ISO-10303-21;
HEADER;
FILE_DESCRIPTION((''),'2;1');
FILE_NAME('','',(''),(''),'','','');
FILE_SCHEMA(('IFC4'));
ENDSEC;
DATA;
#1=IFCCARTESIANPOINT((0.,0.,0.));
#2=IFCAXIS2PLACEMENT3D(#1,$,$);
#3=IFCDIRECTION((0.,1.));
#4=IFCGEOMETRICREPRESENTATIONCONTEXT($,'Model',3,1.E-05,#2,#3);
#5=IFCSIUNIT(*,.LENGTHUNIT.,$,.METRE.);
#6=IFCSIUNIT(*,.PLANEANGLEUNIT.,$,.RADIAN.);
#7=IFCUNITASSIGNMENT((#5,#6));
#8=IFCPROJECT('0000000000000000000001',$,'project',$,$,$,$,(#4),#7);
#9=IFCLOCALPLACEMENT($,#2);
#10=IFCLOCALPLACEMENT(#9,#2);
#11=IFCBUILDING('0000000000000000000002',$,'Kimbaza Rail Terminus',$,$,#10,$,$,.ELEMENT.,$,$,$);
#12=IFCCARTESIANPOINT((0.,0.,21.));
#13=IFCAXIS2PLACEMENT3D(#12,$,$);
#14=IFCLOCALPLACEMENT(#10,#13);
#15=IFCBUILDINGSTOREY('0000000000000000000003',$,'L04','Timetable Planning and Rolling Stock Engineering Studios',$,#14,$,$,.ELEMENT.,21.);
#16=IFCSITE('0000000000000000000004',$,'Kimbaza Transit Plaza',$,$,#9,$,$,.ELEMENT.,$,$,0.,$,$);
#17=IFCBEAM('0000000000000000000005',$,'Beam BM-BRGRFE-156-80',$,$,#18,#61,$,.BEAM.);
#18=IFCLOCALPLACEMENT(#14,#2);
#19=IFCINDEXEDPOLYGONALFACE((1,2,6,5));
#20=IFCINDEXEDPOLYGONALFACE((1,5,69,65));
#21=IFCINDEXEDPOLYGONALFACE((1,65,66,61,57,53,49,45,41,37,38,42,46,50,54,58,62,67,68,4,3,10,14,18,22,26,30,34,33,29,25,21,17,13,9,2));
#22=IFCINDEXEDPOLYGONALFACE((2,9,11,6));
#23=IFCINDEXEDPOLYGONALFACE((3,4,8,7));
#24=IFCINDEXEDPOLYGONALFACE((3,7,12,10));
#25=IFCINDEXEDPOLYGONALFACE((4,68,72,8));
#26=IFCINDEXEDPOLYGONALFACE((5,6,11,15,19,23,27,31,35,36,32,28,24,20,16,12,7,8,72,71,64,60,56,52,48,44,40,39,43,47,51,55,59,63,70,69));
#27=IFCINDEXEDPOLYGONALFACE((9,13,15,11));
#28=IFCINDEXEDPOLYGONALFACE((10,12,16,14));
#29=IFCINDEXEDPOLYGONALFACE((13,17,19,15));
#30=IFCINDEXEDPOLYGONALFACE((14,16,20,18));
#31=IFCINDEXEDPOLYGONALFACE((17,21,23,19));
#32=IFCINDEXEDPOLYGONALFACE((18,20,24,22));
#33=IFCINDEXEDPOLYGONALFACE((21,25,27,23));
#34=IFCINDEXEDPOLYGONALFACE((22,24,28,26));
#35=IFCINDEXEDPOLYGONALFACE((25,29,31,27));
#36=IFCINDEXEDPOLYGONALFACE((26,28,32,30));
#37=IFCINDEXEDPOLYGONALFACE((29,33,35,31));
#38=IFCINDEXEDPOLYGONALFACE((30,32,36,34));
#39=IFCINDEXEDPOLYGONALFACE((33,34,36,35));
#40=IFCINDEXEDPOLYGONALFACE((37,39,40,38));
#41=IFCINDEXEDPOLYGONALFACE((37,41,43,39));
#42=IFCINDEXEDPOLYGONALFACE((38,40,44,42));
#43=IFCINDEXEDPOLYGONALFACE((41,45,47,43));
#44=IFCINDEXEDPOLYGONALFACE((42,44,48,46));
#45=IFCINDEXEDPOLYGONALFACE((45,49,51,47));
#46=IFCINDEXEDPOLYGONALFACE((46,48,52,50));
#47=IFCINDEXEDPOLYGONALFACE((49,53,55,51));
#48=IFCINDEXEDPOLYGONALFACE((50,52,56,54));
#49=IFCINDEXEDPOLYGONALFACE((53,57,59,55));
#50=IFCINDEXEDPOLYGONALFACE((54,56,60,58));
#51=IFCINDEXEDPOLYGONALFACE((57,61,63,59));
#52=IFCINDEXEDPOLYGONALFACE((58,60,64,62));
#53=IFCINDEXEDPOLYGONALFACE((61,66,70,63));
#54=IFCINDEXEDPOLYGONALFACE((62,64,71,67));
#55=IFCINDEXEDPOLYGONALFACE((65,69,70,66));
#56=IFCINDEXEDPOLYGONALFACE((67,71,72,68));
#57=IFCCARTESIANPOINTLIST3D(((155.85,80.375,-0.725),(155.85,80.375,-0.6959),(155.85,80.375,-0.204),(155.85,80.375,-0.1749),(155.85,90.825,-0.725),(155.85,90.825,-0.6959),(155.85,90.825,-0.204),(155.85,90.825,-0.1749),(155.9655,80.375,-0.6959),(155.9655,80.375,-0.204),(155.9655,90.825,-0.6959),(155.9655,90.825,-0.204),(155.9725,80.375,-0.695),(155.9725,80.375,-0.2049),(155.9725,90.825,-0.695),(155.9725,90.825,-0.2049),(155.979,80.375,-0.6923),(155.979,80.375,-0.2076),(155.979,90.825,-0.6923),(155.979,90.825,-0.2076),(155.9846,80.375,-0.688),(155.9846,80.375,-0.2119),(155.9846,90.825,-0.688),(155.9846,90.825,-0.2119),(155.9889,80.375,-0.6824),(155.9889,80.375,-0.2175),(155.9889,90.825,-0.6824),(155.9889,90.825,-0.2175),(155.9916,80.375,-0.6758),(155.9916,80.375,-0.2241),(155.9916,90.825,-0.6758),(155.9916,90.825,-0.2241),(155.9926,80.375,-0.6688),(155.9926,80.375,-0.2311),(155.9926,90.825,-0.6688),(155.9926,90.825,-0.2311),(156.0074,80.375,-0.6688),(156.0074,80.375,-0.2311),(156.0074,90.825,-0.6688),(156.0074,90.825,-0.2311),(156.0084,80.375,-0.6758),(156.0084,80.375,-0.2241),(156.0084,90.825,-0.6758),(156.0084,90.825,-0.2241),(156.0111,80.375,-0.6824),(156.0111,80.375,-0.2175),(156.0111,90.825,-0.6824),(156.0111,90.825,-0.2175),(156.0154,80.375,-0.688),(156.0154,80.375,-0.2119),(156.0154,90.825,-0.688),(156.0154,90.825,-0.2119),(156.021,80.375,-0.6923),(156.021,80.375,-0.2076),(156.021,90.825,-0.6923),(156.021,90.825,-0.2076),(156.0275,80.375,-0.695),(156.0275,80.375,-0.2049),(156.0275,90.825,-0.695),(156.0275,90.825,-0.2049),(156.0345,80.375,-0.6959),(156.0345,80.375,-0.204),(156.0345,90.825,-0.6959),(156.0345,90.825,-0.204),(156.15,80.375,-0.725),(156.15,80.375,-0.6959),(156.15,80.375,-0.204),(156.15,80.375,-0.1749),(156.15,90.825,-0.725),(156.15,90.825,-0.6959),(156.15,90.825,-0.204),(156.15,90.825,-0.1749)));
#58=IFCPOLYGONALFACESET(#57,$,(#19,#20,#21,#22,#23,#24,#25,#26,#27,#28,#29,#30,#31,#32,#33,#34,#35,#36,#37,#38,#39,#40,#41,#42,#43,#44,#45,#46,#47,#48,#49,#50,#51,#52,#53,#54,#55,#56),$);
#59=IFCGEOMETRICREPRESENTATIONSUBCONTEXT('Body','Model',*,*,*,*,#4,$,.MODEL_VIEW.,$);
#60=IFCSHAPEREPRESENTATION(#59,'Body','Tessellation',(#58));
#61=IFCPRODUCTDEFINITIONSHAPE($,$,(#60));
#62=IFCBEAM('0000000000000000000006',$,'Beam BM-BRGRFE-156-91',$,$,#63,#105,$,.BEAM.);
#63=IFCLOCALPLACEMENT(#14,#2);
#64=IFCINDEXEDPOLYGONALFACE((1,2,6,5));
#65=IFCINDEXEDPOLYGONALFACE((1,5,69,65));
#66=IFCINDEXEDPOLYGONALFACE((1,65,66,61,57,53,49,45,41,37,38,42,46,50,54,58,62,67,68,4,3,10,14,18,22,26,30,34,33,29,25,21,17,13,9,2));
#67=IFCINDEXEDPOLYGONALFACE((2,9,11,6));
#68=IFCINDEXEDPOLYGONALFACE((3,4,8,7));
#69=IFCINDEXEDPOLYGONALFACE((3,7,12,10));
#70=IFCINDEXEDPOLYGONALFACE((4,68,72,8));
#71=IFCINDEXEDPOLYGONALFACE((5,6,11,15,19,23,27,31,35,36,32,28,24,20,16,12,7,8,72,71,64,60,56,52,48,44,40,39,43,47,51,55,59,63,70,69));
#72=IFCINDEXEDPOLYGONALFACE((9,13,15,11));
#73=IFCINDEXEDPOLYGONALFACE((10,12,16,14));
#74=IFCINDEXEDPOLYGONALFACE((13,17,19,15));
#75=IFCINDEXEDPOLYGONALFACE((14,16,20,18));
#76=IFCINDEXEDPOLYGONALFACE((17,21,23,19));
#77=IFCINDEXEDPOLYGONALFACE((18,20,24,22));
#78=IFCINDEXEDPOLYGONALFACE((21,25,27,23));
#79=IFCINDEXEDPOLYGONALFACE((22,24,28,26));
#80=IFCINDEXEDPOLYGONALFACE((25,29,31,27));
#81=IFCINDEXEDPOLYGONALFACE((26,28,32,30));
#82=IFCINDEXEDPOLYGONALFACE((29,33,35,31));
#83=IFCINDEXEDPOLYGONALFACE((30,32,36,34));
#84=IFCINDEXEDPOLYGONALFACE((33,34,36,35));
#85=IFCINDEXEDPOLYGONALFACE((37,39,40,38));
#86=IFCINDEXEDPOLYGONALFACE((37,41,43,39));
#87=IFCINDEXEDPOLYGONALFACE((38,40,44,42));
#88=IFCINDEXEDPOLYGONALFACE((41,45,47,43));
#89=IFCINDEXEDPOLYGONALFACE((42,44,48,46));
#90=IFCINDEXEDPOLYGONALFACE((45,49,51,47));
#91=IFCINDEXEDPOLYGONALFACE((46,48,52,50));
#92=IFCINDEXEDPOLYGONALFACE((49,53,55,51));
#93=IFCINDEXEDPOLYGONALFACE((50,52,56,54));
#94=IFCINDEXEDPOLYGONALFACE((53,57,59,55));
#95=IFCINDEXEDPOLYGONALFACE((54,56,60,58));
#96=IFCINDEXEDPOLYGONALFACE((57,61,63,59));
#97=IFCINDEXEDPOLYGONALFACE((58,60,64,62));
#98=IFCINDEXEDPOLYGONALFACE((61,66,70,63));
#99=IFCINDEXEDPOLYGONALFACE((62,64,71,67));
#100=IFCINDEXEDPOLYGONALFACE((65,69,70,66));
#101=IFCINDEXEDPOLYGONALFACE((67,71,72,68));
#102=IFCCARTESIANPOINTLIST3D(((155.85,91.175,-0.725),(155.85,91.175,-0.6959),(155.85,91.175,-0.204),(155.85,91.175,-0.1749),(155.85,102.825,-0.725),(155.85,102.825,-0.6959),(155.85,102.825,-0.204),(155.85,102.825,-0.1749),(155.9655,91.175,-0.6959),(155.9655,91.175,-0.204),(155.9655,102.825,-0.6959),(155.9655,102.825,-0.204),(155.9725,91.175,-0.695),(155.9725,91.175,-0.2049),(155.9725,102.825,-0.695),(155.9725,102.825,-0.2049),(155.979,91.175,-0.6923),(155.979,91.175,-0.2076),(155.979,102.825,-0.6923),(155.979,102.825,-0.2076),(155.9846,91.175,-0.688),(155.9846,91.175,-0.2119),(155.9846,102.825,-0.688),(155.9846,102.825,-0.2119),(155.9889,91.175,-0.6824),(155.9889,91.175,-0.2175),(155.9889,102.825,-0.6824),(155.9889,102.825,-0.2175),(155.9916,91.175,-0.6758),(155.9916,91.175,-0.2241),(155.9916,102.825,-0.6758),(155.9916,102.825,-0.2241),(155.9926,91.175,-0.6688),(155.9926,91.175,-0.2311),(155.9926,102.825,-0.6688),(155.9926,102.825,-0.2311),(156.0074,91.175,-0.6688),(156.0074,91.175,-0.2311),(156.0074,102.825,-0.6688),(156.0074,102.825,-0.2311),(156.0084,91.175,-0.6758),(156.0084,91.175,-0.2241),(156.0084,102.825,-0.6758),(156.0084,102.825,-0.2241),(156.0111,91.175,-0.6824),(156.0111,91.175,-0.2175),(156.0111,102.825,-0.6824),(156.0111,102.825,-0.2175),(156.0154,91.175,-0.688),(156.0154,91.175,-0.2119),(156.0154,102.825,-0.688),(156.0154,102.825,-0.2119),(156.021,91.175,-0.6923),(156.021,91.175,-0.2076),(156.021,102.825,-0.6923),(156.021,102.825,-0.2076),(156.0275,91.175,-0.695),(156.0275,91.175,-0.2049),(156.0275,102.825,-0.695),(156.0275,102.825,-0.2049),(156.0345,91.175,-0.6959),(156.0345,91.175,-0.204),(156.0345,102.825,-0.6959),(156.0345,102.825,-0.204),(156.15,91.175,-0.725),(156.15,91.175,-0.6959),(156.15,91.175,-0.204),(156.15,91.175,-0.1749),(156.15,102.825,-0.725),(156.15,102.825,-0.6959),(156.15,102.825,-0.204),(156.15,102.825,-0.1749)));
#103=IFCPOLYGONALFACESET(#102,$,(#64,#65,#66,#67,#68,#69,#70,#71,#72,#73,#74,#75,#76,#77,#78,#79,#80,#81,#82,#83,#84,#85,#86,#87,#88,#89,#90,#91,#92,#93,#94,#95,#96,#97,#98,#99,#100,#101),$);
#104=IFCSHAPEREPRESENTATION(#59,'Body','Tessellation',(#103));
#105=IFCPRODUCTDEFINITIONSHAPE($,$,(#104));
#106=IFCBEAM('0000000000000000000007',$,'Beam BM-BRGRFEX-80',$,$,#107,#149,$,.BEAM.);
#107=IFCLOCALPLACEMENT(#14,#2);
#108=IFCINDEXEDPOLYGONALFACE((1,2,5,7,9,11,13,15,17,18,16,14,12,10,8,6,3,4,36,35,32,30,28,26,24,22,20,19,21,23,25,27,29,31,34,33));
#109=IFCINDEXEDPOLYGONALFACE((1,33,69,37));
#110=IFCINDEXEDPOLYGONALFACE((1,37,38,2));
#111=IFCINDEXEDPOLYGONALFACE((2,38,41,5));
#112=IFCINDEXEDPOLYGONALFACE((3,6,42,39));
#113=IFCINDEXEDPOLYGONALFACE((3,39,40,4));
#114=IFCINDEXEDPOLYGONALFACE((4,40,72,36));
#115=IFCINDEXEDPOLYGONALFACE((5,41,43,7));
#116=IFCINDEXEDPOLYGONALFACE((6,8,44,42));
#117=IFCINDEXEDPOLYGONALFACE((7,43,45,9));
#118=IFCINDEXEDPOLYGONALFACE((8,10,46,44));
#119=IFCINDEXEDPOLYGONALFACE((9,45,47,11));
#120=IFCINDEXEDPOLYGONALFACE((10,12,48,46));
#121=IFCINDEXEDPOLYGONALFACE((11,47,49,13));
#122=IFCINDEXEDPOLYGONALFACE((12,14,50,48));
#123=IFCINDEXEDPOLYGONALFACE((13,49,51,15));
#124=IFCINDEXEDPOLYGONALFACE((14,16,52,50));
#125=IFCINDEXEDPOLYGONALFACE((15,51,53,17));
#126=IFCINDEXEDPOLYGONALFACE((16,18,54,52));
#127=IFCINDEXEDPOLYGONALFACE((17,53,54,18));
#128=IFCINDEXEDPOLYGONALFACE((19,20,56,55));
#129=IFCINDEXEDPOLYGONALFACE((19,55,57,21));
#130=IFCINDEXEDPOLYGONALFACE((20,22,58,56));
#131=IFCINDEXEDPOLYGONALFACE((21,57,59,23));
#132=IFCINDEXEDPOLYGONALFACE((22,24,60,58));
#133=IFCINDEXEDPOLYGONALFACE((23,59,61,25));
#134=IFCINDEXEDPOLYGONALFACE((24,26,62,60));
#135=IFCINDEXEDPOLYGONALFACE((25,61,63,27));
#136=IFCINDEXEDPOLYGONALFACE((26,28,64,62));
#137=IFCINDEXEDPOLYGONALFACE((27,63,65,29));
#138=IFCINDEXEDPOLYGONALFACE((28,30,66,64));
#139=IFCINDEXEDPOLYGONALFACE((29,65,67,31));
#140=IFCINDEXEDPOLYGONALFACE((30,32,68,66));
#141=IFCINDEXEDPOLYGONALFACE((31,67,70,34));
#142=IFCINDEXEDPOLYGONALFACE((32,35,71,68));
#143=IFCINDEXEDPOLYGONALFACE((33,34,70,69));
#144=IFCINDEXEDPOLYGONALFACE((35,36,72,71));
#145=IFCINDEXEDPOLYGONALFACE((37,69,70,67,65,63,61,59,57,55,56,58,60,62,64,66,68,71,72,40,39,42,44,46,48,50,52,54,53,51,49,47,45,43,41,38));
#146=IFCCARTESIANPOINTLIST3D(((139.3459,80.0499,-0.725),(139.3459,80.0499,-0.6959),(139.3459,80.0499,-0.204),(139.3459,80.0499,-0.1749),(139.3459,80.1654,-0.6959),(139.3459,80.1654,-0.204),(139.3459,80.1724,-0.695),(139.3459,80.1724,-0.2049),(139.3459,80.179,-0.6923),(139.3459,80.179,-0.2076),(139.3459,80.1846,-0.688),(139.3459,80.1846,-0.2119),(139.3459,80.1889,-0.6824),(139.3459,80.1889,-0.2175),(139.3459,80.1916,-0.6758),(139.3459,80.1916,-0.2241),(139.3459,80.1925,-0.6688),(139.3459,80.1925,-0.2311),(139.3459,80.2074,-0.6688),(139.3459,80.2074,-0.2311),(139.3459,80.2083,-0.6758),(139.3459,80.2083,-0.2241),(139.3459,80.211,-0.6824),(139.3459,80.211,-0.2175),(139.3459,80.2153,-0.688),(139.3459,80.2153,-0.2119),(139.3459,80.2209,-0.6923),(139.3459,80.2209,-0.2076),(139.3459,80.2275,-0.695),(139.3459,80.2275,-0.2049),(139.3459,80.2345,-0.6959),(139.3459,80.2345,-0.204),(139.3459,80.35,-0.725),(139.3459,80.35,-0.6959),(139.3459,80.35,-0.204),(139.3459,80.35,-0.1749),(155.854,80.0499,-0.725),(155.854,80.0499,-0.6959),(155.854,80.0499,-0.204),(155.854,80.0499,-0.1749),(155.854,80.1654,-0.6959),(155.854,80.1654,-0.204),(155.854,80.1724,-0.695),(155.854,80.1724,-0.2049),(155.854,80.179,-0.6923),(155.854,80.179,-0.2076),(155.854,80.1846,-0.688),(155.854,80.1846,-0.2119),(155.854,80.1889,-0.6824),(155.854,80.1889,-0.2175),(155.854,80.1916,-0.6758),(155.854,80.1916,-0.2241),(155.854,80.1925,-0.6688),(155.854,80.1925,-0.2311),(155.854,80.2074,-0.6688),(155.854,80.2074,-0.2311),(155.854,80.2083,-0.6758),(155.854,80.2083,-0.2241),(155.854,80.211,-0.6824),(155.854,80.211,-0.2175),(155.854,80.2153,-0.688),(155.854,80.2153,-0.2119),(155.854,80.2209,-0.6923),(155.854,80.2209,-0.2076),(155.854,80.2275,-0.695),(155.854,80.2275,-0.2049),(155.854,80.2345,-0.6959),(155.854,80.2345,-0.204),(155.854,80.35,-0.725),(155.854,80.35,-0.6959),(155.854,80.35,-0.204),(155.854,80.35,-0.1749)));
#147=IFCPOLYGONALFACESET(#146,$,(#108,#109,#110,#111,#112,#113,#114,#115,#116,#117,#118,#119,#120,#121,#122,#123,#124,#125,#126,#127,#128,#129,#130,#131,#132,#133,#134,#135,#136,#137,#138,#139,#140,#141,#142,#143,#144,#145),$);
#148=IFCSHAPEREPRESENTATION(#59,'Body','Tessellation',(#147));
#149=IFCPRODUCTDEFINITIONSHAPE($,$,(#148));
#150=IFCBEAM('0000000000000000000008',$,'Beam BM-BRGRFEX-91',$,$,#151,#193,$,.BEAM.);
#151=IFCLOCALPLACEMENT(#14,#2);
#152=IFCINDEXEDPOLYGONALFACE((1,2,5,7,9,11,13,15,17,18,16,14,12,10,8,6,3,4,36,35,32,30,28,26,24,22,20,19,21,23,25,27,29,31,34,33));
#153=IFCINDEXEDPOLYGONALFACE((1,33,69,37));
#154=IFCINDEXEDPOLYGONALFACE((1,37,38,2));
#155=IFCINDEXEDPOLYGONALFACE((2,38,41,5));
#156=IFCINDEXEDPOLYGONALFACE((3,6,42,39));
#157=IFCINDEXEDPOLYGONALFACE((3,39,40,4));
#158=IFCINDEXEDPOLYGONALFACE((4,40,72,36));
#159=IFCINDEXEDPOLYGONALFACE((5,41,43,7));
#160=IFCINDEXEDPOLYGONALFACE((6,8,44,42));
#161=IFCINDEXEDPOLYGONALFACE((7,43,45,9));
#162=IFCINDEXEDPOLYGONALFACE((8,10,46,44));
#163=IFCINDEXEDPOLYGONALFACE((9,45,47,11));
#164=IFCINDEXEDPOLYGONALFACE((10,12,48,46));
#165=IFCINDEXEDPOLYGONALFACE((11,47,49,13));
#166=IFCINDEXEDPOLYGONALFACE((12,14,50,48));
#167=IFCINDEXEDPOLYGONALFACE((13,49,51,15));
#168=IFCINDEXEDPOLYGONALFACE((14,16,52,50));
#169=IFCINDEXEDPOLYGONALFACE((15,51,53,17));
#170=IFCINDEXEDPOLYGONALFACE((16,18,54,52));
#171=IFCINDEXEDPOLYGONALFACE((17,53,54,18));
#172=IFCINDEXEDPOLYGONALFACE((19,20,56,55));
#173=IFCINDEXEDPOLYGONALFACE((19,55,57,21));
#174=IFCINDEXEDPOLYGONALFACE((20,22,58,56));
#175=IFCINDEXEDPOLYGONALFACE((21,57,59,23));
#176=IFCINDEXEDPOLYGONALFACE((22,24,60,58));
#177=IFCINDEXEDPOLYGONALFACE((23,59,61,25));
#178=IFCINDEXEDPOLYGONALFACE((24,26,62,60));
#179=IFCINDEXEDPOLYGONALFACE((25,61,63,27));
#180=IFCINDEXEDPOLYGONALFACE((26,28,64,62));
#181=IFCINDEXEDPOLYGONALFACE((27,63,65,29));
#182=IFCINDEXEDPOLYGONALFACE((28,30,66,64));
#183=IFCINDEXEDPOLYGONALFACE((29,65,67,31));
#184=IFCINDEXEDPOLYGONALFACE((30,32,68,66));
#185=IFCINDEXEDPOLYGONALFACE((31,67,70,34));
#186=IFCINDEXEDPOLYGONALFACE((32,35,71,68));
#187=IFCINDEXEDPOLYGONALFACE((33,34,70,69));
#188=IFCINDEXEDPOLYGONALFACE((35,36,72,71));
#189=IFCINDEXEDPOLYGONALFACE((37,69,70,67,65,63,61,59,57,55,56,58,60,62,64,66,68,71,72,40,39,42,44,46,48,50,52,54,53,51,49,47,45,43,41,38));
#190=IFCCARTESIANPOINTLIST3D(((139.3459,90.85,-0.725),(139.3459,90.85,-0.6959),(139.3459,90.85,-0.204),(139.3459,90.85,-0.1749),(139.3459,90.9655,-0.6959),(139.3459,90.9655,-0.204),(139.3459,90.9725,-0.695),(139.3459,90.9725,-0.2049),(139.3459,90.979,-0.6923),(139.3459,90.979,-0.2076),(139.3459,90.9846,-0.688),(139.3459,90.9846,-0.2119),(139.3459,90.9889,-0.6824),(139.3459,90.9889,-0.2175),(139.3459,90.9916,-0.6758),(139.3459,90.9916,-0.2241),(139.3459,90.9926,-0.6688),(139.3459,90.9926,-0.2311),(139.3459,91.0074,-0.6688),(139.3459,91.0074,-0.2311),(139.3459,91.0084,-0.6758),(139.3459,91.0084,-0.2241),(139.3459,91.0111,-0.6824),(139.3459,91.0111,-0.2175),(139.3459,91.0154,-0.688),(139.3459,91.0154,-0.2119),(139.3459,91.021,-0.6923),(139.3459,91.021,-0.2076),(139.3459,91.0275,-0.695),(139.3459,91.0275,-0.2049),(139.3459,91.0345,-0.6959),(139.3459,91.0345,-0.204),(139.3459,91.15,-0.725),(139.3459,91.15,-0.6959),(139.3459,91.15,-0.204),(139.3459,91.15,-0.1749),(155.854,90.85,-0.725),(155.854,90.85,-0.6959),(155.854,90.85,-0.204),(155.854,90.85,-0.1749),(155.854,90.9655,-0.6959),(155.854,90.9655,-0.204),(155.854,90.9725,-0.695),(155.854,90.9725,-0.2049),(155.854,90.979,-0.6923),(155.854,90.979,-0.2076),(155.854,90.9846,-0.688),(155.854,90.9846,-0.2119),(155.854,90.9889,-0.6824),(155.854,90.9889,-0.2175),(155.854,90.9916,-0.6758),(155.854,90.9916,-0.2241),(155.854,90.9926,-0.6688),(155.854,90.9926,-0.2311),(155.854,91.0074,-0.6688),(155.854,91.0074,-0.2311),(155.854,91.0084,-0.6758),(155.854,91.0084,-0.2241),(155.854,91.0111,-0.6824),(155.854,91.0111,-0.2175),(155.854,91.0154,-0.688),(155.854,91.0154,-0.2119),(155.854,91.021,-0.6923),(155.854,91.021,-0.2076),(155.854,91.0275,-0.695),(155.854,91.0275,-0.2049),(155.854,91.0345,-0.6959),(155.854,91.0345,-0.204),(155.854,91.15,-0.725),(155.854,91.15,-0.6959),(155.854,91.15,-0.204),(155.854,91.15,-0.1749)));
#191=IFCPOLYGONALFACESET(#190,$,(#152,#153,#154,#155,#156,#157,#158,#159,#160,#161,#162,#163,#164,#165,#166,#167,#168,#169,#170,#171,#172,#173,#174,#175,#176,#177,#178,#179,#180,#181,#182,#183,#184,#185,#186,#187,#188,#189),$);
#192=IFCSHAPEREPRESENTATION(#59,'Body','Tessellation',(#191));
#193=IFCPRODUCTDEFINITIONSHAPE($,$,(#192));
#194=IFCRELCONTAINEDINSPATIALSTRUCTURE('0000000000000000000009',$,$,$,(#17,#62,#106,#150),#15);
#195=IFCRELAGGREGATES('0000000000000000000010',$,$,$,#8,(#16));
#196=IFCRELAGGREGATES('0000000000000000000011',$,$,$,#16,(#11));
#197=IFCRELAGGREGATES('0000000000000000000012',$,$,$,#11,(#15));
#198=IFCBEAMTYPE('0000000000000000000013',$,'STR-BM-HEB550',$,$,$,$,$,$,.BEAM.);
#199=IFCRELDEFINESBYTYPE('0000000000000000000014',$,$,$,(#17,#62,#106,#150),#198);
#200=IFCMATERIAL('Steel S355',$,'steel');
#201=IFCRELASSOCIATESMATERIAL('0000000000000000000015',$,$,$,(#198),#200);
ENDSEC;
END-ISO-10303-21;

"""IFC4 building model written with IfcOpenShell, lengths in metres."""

from ifc_helpers import new_model, si_unit, direction, frame, origin, origin_2d, place, context, subcontext, project, spatial, i_section, extrude, material, material_profile, profile_set, type_object, element, save


model = new_model("IFC4")

# Units and contexts
model_context = context("Model", 3, precision=1e-05, world=origin(), true_north=direction((0.0, 1.0)))
body_context = subcontext(model_context, "Body", "Model", "MODEL_VIEW")
ifc_project = project(units=[si_unit("LENGTHUNIT", "METRE"), si_unit("PLANEANGLEUNIT", "RADIAN")], contexts=[model_context])

# Site, building, storey
site_placement = place(None, origin())
site = spatial("IfcSite", under=ifc_project, at=site_placement, Name="Kimbaza Transit Plaza", CompositionType="ELEMENT", RefElevation=0.0)
building_placement = place(site_placement, origin())
building = spatial("IfcBuilding", under=site, at=building_placement, Name="Kimbaza Rail Terminus", CompositionType="ELEMENT")
storey_placement = place(building_placement, frame((0.0, 0.0, 21.0)))
storey = spatial("IfcBuildingStorey", under=building, at=storey_placement, Name="L04", Description="Timetable Planning and Rolling Stock Engineering Studios", CompositionType="ELEMENT", Elevation=21.0)

# Beams
ifc_material_1 = material(Name="Steel S355", Category="steel")
ifc_material_profile_1 = material_profile(ifc_material_1, i_section(OverallWidth=0.3, OverallDepth=0.55, WebThickness=0.0149, FlangeThickness=0.0291, FilletRadius=0.0271, at=origin_2d()), Name="HEB 550")
ifc_profile_set_1 = profile_set([ifc_material_profile_1], Name="Steel S355")
beam_type_1 = type_object("IfcBeamType", Name="STR-BM-HEB550", PredefinedType="BEAM", material=ifc_profile_set_1)
beam_1_placement = place(storey_placement, frame((156.0, 80.375, -0.45), z_axis=(0.0, 1.0, 0.0), x_axis=(-1.0, 0.0, 0.0)))
element("IfcBeam", 1, at=beam_1_placement, inside=storey, type_object=beam_type_1, Name="Beam BM-BRGRFE-156-80", PredefinedType="BEAM", context=body_context, shape_type="SweptSolid", body=[
    extrude(i_section(OverallWidth=0.3, OverallDepth=0.55, WebThickness=0.0149, FlangeThickness=0.0291, FilletRadius=0.0271, at=origin_2d()), origin(), (0.0, 0.0, 1.0), 10.45),
])
beam_2_placement = place(storey_placement, frame((156.0, 91.175, -0.45), z_axis=(0.0, 1.0, 0.0), x_axis=(-1.0, 0.0, 0.0)))
element("IfcBeam", 2, at=beam_2_placement, inside=storey, type_object=beam_type_1, Name="Beam BM-BRGRFE-156-91", PredefinedType="BEAM", context=body_context, shape_type="SweptSolid", body=[
    extrude(i_section(OverallWidth=0.3, OverallDepth=0.55, WebThickness=0.0149, FlangeThickness=0.0291, FilletRadius=0.0271, at=origin_2d()), origin(), (0.0, 0.0, 1.0), 11.6499),
])
for number, where, z_axis, x_axis, name in (
    (3, (139.3459, 80.2, -0.45), (1.0, 0.0, 0.0), (0.0, 1.0, 0.0), "Beam BM-BRGRFEX-80"),
    (4, (139.3459, 91.0, -0.45), (1.0, 0.0, 0.0), (0.0, 1.0, 0.0), "Beam BM-BRGRFEX-91"),
):
    element("IfcBeam", number, at=place(storey_placement, frame(where, z_axis=z_axis, x_axis=x_axis)), inside=storey, type_object=beam_type_1, Name=name, PredefinedType="BEAM", context=body_context, shape_type="SweptSolid", body=[
        extrude(i_section(OverallWidth=0.3, OverallDepth=0.55, WebThickness=0.0149, FlangeThickness=0.0291, FilletRadius=0.0271, at=origin_2d()), origin(), (0.0, 0.0, 1.0), 16.5081),
    ])

save(model, "model.ifc")
